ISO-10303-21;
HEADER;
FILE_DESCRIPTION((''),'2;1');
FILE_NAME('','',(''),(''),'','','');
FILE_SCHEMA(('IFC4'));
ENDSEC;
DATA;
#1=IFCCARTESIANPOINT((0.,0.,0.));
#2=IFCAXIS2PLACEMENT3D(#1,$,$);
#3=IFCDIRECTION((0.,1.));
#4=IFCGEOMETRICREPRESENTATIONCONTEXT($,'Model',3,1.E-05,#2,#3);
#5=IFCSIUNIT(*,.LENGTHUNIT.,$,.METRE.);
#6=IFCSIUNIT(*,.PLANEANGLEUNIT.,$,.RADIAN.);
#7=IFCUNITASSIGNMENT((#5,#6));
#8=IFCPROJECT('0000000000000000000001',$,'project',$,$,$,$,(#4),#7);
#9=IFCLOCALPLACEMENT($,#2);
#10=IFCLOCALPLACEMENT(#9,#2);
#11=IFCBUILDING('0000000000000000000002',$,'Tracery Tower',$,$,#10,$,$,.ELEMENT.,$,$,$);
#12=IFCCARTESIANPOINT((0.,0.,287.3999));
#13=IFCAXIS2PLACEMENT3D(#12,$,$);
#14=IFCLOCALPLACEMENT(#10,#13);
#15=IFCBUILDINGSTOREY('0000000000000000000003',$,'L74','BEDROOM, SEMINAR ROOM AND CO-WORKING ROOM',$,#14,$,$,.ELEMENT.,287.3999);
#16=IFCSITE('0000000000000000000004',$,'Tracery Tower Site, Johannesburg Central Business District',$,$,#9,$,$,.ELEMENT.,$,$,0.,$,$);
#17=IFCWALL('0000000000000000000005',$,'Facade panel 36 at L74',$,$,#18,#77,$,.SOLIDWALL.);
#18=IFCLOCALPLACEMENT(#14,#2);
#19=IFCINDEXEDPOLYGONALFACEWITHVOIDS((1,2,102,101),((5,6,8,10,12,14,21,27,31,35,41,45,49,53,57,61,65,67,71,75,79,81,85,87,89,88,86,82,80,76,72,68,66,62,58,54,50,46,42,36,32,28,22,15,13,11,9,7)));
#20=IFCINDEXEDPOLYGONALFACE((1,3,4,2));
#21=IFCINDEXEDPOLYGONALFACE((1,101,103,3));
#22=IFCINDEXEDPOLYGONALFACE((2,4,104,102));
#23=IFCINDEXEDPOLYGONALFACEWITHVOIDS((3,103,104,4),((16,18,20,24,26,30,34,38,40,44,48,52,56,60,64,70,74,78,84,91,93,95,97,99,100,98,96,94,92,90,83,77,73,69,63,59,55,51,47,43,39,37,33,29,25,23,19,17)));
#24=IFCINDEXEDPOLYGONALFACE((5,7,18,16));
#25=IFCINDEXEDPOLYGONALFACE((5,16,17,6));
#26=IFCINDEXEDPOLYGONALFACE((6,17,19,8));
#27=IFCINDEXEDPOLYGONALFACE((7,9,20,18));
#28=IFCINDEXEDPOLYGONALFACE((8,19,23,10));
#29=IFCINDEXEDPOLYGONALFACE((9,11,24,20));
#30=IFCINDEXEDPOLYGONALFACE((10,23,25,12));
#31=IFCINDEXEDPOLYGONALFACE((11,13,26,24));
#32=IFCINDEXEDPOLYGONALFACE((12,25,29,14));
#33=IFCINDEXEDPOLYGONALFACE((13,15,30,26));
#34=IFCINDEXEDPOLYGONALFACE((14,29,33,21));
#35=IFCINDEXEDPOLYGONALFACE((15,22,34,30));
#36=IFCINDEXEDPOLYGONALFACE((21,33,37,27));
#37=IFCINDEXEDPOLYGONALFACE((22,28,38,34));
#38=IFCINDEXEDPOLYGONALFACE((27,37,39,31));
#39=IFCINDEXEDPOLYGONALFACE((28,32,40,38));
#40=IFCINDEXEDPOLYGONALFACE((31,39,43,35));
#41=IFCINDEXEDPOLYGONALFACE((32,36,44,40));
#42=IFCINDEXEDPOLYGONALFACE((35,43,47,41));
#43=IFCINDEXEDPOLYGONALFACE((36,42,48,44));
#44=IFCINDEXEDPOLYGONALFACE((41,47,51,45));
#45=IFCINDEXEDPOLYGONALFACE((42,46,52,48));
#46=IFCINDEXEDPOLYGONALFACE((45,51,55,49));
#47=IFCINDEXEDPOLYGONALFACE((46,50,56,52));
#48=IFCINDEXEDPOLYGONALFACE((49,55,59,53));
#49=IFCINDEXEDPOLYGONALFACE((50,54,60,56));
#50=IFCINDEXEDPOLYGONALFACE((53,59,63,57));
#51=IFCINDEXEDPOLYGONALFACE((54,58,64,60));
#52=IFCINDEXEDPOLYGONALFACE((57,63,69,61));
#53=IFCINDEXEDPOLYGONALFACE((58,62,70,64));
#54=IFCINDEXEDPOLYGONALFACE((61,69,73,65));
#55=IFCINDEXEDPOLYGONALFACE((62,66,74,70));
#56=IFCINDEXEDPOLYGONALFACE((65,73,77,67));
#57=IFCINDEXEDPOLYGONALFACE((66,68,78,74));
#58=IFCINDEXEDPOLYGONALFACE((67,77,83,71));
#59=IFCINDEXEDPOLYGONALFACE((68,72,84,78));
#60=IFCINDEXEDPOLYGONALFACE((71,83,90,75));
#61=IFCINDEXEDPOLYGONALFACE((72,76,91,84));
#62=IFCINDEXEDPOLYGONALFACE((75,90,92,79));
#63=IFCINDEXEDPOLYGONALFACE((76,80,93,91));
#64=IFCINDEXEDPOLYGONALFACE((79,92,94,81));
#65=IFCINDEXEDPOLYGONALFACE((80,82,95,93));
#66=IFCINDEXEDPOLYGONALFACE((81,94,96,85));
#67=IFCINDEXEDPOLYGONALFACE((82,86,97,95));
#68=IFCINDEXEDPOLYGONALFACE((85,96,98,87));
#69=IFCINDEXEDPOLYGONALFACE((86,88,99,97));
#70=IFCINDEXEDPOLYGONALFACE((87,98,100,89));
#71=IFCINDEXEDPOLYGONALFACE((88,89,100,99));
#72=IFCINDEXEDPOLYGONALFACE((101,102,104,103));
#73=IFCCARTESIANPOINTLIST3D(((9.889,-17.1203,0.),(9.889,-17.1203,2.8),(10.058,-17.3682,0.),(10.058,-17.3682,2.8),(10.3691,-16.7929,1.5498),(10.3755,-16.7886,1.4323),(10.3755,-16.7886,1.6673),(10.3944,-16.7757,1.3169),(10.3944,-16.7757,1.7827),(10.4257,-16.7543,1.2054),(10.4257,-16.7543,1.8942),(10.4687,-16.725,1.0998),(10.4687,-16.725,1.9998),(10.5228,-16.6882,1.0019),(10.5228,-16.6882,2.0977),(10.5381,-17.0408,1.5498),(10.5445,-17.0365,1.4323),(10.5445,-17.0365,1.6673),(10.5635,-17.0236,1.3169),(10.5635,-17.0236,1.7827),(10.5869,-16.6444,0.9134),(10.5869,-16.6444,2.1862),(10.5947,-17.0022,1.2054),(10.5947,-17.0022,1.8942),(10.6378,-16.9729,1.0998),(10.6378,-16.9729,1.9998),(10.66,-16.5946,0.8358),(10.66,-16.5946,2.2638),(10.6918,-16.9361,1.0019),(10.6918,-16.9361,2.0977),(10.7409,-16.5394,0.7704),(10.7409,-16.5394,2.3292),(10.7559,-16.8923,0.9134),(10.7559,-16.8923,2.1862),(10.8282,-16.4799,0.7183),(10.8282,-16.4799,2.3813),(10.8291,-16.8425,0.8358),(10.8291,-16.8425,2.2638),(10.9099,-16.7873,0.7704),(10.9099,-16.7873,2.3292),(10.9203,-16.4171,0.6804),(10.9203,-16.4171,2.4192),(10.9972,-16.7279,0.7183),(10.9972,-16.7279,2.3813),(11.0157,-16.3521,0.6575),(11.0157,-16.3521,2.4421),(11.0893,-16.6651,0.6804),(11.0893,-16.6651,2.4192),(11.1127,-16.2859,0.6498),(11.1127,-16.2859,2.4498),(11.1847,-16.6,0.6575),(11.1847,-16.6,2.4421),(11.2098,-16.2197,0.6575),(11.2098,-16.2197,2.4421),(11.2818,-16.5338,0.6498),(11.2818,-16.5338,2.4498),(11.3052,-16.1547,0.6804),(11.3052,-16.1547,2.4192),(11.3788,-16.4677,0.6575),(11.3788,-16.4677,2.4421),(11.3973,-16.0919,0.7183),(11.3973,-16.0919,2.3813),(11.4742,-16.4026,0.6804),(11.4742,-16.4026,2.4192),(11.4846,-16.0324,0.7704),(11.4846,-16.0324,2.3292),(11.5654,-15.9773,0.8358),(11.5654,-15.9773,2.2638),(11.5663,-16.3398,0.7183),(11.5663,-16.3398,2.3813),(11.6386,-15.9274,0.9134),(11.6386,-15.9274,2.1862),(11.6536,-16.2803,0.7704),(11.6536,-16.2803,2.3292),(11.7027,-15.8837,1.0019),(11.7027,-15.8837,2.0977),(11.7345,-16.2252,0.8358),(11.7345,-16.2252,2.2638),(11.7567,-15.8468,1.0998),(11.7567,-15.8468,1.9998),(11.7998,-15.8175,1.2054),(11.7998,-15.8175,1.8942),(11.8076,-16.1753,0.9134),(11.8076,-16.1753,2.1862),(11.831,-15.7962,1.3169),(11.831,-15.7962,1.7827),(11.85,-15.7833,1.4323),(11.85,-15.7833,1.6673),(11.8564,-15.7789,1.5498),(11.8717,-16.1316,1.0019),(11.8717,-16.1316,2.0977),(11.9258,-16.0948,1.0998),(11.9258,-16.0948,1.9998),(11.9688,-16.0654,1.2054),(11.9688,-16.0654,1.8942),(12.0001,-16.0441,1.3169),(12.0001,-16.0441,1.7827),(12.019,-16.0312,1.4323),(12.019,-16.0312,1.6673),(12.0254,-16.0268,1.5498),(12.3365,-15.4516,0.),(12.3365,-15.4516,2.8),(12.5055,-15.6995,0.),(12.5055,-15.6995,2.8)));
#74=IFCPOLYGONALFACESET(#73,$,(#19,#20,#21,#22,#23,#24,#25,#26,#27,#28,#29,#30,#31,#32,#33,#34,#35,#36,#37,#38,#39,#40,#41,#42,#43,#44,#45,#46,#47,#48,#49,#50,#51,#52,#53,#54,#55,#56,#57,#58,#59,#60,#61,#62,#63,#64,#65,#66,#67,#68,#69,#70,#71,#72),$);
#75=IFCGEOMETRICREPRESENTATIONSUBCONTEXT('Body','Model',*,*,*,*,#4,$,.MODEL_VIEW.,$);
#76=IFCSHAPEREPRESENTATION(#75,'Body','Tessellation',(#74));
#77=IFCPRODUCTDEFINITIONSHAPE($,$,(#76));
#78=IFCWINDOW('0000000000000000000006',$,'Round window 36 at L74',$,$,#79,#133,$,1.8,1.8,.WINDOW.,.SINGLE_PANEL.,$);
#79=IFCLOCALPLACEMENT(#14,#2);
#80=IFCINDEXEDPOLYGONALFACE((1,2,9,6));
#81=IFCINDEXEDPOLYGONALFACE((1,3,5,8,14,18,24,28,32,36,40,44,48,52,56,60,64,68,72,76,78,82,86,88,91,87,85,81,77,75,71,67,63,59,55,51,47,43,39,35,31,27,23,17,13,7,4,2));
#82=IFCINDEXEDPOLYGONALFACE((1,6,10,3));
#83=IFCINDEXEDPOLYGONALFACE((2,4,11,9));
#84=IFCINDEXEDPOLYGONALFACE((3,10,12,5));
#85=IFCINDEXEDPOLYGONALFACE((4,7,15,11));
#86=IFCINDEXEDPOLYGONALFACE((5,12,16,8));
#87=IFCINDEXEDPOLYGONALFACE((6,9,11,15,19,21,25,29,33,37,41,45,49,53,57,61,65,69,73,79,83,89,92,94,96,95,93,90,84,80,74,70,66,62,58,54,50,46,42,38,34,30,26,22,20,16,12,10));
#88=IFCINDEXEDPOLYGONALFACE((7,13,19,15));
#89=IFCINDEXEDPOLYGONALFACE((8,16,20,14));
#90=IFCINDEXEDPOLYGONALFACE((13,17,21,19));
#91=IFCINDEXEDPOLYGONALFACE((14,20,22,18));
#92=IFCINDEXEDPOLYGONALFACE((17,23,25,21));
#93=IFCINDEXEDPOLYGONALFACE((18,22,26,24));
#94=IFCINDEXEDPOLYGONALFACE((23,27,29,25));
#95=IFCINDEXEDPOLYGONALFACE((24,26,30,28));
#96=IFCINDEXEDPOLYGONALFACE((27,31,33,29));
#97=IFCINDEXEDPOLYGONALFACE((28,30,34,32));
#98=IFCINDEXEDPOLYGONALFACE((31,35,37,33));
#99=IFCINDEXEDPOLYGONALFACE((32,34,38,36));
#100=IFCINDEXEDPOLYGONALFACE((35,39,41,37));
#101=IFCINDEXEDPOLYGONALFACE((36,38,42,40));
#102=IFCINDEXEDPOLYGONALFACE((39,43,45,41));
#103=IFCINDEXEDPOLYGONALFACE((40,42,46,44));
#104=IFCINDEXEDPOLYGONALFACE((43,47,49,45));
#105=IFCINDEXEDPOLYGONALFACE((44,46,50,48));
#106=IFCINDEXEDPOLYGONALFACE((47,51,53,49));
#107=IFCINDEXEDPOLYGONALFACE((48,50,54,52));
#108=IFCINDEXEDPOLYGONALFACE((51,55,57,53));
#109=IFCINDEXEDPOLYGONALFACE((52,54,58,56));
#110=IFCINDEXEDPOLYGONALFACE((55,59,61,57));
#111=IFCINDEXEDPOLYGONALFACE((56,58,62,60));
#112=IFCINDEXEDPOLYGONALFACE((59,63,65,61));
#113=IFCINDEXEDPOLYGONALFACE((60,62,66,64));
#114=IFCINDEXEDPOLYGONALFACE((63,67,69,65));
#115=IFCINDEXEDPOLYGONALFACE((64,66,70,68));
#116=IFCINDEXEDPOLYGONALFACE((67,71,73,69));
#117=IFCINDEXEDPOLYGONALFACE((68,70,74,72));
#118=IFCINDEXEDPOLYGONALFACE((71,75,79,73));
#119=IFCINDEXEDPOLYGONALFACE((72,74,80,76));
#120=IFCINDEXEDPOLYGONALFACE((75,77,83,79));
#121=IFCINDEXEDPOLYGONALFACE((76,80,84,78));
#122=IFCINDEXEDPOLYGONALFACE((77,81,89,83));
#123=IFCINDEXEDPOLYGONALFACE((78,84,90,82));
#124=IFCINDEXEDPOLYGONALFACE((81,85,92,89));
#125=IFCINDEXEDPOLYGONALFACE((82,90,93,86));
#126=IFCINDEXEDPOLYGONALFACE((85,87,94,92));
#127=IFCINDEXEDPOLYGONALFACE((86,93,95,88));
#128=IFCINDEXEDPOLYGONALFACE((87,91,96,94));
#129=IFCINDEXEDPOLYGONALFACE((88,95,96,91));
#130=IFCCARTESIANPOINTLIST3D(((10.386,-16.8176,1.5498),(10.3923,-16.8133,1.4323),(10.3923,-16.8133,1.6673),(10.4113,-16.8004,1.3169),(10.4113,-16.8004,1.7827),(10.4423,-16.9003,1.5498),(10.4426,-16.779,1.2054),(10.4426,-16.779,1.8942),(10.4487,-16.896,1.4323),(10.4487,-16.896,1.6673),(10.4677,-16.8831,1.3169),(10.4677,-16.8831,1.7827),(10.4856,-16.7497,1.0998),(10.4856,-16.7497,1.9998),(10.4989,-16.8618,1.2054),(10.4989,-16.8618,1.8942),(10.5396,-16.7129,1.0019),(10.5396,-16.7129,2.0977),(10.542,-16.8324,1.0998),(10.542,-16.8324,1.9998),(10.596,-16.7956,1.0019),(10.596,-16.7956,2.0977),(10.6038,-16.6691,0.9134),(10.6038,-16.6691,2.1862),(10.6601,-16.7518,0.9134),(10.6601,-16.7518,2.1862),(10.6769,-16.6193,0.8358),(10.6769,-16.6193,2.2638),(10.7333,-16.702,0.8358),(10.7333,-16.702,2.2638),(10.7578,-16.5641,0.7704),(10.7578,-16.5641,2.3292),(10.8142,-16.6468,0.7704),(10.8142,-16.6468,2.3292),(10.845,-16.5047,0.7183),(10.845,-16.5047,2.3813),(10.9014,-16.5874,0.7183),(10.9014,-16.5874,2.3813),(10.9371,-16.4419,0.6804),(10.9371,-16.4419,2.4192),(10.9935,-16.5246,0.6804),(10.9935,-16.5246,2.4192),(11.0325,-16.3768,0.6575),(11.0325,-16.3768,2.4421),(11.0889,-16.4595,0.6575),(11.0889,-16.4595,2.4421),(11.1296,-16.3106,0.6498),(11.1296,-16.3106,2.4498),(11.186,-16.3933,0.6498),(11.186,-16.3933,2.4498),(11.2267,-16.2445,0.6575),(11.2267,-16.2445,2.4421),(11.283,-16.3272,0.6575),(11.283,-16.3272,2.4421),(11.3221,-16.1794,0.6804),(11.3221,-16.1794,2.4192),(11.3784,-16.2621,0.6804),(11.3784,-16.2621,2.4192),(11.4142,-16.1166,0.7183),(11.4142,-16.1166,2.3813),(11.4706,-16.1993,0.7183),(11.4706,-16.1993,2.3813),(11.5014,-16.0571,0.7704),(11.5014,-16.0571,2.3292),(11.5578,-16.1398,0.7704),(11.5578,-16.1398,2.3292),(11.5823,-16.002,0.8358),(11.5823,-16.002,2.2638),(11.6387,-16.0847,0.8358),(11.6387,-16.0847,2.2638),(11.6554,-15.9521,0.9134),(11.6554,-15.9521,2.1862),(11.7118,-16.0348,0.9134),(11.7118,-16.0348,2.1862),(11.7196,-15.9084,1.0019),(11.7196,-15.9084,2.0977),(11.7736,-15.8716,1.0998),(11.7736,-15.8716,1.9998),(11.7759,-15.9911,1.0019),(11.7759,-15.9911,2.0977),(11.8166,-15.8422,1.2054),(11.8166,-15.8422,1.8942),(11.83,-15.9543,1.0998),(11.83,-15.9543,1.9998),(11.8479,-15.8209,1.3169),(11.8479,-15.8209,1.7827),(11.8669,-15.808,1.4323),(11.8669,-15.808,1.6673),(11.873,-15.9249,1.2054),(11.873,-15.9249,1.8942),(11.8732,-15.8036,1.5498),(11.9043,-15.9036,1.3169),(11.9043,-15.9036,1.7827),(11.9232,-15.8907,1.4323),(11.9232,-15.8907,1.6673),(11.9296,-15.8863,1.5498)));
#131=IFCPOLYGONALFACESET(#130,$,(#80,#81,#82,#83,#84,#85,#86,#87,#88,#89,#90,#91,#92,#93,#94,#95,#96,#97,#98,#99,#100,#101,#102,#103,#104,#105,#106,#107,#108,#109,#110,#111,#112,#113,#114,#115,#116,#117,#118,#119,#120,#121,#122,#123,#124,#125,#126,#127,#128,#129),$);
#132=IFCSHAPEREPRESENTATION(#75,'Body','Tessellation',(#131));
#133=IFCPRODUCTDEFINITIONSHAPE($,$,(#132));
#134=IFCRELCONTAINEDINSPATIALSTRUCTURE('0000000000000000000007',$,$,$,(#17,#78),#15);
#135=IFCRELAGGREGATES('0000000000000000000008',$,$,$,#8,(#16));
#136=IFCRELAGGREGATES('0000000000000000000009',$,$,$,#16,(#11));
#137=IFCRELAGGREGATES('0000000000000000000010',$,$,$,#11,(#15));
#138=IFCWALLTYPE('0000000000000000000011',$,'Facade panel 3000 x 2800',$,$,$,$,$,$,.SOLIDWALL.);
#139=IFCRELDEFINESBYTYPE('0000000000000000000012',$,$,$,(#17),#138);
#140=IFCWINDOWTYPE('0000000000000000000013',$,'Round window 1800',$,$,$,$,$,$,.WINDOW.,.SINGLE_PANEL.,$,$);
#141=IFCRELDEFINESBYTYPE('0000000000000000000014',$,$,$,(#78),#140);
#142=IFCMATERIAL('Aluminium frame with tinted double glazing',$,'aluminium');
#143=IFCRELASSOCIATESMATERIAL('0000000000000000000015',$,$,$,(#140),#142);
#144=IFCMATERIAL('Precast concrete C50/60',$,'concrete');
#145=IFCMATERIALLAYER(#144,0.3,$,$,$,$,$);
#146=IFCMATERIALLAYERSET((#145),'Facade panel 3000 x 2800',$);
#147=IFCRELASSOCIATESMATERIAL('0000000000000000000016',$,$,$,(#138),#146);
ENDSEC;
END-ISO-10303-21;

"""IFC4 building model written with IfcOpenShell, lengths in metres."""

from ifc_helpers import new_model, si_unit, direction, frame, frame_2d, origin, origin_2d, place, context, subcontext, project, spatial, rectangle, circle, extrude, material, layer, layer_set, type_object, element, fill, save


model = new_model("IFC4")

# Units and contexts
model_context = context("Model", 3, precision=1e-05, world=origin(), true_north=direction((0.0, 1.0)))
body_context = subcontext(model_context, "Body", "Model", "MODEL_VIEW")
ifc_project = project(units=[si_unit("LENGTHUNIT", "METRE"), si_unit("PLANEANGLEUNIT", "RADIAN")], contexts=[model_context])

# Site, building, storey
site_placement = place(None, origin())
site = spatial("IfcSite", under=ifc_project, at=site_placement, Name="Tracery Tower Site, Johannesburg Central Business District", CompositionType="ELEMENT", RefElevation=0.0)
building_placement = place(site_placement, origin())
building = spatial("IfcBuilding", under=site, at=building_placement, Name="Tracery Tower", CompositionType="ELEMENT")
storey_placement = place(building_placement, frame((0.0, 0.0, 287.3999)))
storey = spatial("IfcBuildingStorey", under=building, at=storey_placement, Name="L74", Description="BEDROOM, SEMINAR ROOM AND CO-WORKING ROOM", CompositionType="ELEMENT", Elevation=287.3999)

# Wall, opening, window
ifc_material_1 = material(Name="Aluminium frame with tinted double glazing", Category="aluminium")
window_type = type_object("IfcWindowType", Name="Round window 1800", PartitioningType="SINGLE_PANEL", PredefinedType="WINDOW", material=ifc_material_1)
ifc_material_2 = material(Name="Precast concrete C50/60", Category="concrete")
ifc_layer_1 = layer(ifc_material_2, 0.3)
ifc_layer_set_1 = layer_set([ifc_layer_1], Name="Facade panel 3000 x 2800")
wall_type_1 = type_object("IfcWallType", Name="Facade panel 3000 x 2800", PredefinedType="SOLIDWALL", material=ifc_layer_set_1)
wall_1_placement = place(storey_placement, frame((9.9736, -17.2441, 0.0), z_axis=(0.0, 0.0, 1.0), x_axis=(0.826236, 0.563324, 0.0)))
wall_1 = element("IfcWall", 1, at=wall_1_placement, inside=storey, type_object=wall_type_1, Name="Facade panel 36 at L74", PredefinedType="SOLIDWALL", context=body_context, shape_type="SweptSolid", body=[
    extrude(rectangle(XDim=2.9622, YDim=0.3, at=frame_2d((1.481, 0.0))), origin(), (0.0, 0.0, 1.0), 2.8),
])
opening_1_placement = place(wall_1_placement, frame((1.481, 0.0, 1.5498)))
opening_1 = element("IfcOpeningElement", 2, at=opening_1_placement, cuts=wall_1, PredefinedType="OPENING", context=body_context, shape_type="SweptSolid", body=[
    extrude(circle(Radius=0.9, at=origin_2d()), frame((0.0, 0.1599, 0.0), z_axis=(0.0, -1.0, 0.0), x_axis=(1.0, 0.0, 0.0)), (0.0, 0.0, 1.0), 0.3201),
])
window_1_placement = place(opening_1_placement, origin())
window_1 = element("IfcWindow", 3, at=window_1_placement, inside=storey, type_object=window_type, Name="Round window 36 at L74", OverallHeight=1.8, OverallWidth=1.8, PartitioningType="SINGLE_PANEL", PredefinedType="WINDOW", context=body_context, shape_type="SweptSolid", body=[
    extrude(circle(Radius=0.9, at=origin_2d()), frame((0.0, 0.1201, 0.0), z_axis=(0.0, -1.0, 0.0), x_axis=(1.0, 0.0, 0.0)), (0.0, 0.0, 1.0), 0.1001),
])
fill(opening_1, window_1)

save(model, "model.ifc")
